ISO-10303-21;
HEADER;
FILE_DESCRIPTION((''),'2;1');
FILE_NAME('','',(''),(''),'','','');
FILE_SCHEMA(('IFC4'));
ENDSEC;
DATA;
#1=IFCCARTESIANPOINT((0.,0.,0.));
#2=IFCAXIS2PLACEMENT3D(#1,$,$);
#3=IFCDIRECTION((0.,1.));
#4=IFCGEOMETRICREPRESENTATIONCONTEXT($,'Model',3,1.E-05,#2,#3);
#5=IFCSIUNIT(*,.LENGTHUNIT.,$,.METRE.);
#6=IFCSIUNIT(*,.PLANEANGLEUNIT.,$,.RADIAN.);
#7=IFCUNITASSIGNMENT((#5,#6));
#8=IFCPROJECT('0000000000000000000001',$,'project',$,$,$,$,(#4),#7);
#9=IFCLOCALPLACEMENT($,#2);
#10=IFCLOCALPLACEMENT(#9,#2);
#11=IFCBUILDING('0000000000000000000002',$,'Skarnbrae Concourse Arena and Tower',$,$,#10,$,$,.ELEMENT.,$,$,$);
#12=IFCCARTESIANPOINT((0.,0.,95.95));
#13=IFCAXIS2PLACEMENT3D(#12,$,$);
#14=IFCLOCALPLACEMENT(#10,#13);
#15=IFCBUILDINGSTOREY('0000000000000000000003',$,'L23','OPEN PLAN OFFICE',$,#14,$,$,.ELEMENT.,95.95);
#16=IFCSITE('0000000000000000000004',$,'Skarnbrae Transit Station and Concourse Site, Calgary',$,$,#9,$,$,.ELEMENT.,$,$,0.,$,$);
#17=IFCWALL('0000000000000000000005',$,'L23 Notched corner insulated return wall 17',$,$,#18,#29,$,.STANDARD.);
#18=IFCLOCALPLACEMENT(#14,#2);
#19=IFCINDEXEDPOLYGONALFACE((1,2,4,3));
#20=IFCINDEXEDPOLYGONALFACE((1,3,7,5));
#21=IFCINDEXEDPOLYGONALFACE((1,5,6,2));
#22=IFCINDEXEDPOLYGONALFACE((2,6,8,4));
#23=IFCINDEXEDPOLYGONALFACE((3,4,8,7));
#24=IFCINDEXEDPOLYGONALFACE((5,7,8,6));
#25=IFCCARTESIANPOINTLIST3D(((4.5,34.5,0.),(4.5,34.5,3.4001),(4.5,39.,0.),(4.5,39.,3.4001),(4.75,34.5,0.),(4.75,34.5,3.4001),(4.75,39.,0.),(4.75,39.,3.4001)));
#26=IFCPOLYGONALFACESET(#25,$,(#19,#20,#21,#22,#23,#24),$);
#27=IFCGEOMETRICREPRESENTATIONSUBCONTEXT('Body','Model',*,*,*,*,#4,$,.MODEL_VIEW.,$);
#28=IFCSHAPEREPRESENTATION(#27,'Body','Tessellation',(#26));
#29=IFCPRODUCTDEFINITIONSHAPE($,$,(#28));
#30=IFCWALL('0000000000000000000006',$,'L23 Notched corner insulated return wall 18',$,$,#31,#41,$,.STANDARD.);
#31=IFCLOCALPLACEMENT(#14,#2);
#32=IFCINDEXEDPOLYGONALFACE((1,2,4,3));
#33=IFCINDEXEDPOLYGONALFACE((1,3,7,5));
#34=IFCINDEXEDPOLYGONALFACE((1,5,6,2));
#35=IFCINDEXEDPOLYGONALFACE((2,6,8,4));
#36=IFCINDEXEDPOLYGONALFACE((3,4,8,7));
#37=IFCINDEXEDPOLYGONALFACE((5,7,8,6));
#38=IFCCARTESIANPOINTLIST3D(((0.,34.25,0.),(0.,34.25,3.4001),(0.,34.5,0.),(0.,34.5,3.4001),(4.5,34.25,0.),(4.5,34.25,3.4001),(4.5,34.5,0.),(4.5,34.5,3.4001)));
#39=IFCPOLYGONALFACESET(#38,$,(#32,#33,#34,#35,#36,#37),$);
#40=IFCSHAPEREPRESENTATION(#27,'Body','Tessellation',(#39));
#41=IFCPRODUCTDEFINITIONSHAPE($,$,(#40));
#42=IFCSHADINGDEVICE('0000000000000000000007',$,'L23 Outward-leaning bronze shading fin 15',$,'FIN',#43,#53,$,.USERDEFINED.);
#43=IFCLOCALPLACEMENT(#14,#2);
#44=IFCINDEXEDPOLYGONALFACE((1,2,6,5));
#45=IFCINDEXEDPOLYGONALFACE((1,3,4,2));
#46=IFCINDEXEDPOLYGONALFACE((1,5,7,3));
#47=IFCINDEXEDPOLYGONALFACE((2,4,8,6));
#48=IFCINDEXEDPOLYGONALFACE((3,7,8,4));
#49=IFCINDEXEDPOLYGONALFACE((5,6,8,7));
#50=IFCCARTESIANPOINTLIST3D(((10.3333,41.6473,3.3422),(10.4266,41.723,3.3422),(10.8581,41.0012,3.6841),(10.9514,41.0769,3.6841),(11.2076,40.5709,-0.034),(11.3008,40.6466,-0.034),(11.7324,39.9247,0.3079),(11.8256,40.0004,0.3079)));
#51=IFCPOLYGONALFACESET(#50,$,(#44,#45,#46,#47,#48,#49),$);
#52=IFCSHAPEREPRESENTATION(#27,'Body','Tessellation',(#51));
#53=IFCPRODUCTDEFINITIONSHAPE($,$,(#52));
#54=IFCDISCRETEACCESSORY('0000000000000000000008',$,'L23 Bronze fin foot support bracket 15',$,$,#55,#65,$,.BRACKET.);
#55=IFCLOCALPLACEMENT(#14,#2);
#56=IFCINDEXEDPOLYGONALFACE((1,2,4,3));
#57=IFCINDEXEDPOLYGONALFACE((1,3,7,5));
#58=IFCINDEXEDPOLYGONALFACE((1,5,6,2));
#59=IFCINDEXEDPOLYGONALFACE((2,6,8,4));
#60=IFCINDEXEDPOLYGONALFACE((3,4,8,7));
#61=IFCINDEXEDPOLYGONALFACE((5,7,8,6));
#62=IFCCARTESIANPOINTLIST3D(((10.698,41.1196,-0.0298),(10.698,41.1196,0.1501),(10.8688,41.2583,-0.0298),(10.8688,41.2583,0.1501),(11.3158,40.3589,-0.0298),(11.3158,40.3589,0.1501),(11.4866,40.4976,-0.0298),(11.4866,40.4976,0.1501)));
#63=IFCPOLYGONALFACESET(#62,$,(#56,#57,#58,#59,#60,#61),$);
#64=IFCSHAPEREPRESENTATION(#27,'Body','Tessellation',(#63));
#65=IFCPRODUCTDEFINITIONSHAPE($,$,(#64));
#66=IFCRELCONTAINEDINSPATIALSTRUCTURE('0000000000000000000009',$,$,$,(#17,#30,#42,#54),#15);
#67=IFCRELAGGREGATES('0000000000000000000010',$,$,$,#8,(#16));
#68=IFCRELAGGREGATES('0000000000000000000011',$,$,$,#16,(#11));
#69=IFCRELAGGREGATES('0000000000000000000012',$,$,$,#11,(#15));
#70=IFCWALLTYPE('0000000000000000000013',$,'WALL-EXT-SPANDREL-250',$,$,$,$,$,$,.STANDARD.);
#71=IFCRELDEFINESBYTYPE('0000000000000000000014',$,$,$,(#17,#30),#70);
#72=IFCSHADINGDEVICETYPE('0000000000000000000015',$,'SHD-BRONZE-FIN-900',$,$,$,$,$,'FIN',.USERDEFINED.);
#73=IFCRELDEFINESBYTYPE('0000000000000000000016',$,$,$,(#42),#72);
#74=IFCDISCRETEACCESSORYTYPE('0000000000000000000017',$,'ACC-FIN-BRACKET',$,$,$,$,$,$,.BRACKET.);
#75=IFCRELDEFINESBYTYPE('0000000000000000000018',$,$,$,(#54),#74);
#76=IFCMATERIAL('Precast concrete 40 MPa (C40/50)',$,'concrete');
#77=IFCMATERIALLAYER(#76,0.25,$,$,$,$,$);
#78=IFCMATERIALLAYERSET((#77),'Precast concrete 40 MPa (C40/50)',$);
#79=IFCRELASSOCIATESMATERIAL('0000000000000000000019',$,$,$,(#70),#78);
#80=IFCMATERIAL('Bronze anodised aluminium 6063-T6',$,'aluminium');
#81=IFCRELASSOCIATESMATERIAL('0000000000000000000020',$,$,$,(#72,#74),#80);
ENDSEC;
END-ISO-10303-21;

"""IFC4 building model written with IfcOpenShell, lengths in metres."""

from ifc_helpers import new_model, si_unit, direction, frame, frame_2d, origin, origin_2d, place, context, subcontext, project, spatial, rectangle, extrude, source, transform, mapped, material, layer, layer_set, type_object, element, save


model = new_model("IFC4")

# Units and contexts
model_context = context("Model", 3, precision=1e-05, world=origin(), true_north=direction((0.0, 1.0)))
body_context = subcontext(model_context, "Body", "Model", "MODEL_VIEW")
ifc_project = project(units=[si_unit("LENGTHUNIT", "METRE"), si_unit("PLANEANGLEUNIT", "RADIAN")], contexts=[model_context])

# Site, building, storey
site_placement = place(None, origin())
site = spatial("IfcSite", under=ifc_project, at=site_placement, Name="Skarnbrae Transit Station and Concourse Site, Calgary", CompositionType="ELEMENT", RefElevation=0.0)
building_placement = place(site_placement, origin())
building = spatial("IfcBuilding", under=site, at=building_placement, Name="Skarnbrae Concourse Arena and Tower", CompositionType="ELEMENT")
storey_placement = place(building_placement, frame((0.0, 0.0, 95.95)))
storey = spatial("IfcBuildingStorey", under=building, at=storey_placement, Name="L23", Description="OPEN PLAN OFFICE", CompositionType="ELEMENT", Elevation=95.95)

# Shared definitions
ifc_material_1 = material(Name="Bronze anodised aluminium 6063-T6", Category="aluminium")

# Walls
ifc_material_2 = material(Name="Precast concrete 40 MPa (C40/50)", Category="concrete")
ifc_layer_1 = layer(ifc_material_2, 0.25)
ifc_layer_set_1 = layer_set([ifc_layer_1], Name="Precast concrete 40 MPa (C40/50)")
wall_type = type_object("IfcWallType", Name="WALL-EXT-SPANDREL-250", PredefinedType="STANDARD", material=ifc_layer_set_1)
shared_shape_1 = source(origin(), body_context, "Body", "SweptSolid", [
    extrude(rectangle(XDim=4.5, YDim=0.25, at=frame_2d((2.25, 0.0))), origin(), (0.0, 0.0, 1.0), 3.4001),
])
for number, where, z_axis, x_axis, name in (
    (1, (4.625, 39.0, 0.0), (0.0, 0.0, 1.0), (0.0, -1.0, 0.0), "L23 Notched corner insulated return wall 17"),
    (2, (4.5, 34.375, 0.0), (0.0, 0.0, 1.0), (-1.0, 0.0, 0.0), "L23 Notched corner insulated return wall 18"),
):
    element("IfcWall", number, at=place(storey_placement, frame(where, z_axis=z_axis, x_axis=x_axis)), inside=storey, type_object=wall_type, Name=name, PredefinedType="STANDARD", context=body_context, shape_type="MappedRepresentation", body=[
        mapped(shared_shape_1, transform((0.0, 0.0, 0.0))),
    ])

# Shading device
shading_device_type = type_object("IfcShadingDeviceType", Name="SHD-BRONZE-FIN-900", ElementType="FIN", PredefinedType="USERDEFINED", material=ifc_material_1)
shared_shape_2 = source(origin(), body_context, "Body", "SweptSolid", [
    extrude(rectangle(XDim=0.1201, YDim=0.8999, at=origin_2d()), origin(), (0.0, 0.0, 1.0), 3.6499),
])
shading_device_placement = place(storey_placement, frame((11.5166, 40.2856, 0.137), z_axis=(-0.239527, 0.294927, 0.925011), x_axis=(0.776245, 0.630432, 0.0)))
element("IfcShadingDevice", 3, at=shading_device_placement, inside=storey, type_object=shading_device_type, Name="L23 Outward-leaning bronze shading fin 15", ObjectType="FIN", PredefinedType="USERDEFINED", context=body_context, shape_type="MappedRepresentation", body=[
    mapped(shared_shape_2, transform((0.0, 0.0, 0.0))),
])

# Discrete accessory
discrete_accessory_type = type_object("IfcDiscreteAccessoryType", Name="ACC-FIN-BRACKET", PredefinedType="BRACKET", material=ifc_material_1)
shared_shape_3 = source(origin(), body_context, "Body", "SweptSolid", [
    extrude(rectangle(XDim=0.22, YDim=0.98, at=origin_2d()), origin(), (0.0, 0.0, 1.0), 0.1799),
])
discrete_accessory_placement = place(storey_placement, frame((11.0923, 40.8086, -0.0298), z_axis=(0.0, 0.0, 1.0), x_axis=(0.776245, 0.630432, 0.0)))
element("IfcDiscreteAccessory", 4, at=discrete_accessory_placement, inside=storey, type_object=discrete_accessory_type, Name="L23 Bronze fin foot support bracket 15", PredefinedType="BRACKET", context=body_context, shape_type="MappedRepresentation", body=[
    mapped(shared_shape_3, transform((0.0, 0.0, 0.0))),
])

save(model, "model.ifc")
